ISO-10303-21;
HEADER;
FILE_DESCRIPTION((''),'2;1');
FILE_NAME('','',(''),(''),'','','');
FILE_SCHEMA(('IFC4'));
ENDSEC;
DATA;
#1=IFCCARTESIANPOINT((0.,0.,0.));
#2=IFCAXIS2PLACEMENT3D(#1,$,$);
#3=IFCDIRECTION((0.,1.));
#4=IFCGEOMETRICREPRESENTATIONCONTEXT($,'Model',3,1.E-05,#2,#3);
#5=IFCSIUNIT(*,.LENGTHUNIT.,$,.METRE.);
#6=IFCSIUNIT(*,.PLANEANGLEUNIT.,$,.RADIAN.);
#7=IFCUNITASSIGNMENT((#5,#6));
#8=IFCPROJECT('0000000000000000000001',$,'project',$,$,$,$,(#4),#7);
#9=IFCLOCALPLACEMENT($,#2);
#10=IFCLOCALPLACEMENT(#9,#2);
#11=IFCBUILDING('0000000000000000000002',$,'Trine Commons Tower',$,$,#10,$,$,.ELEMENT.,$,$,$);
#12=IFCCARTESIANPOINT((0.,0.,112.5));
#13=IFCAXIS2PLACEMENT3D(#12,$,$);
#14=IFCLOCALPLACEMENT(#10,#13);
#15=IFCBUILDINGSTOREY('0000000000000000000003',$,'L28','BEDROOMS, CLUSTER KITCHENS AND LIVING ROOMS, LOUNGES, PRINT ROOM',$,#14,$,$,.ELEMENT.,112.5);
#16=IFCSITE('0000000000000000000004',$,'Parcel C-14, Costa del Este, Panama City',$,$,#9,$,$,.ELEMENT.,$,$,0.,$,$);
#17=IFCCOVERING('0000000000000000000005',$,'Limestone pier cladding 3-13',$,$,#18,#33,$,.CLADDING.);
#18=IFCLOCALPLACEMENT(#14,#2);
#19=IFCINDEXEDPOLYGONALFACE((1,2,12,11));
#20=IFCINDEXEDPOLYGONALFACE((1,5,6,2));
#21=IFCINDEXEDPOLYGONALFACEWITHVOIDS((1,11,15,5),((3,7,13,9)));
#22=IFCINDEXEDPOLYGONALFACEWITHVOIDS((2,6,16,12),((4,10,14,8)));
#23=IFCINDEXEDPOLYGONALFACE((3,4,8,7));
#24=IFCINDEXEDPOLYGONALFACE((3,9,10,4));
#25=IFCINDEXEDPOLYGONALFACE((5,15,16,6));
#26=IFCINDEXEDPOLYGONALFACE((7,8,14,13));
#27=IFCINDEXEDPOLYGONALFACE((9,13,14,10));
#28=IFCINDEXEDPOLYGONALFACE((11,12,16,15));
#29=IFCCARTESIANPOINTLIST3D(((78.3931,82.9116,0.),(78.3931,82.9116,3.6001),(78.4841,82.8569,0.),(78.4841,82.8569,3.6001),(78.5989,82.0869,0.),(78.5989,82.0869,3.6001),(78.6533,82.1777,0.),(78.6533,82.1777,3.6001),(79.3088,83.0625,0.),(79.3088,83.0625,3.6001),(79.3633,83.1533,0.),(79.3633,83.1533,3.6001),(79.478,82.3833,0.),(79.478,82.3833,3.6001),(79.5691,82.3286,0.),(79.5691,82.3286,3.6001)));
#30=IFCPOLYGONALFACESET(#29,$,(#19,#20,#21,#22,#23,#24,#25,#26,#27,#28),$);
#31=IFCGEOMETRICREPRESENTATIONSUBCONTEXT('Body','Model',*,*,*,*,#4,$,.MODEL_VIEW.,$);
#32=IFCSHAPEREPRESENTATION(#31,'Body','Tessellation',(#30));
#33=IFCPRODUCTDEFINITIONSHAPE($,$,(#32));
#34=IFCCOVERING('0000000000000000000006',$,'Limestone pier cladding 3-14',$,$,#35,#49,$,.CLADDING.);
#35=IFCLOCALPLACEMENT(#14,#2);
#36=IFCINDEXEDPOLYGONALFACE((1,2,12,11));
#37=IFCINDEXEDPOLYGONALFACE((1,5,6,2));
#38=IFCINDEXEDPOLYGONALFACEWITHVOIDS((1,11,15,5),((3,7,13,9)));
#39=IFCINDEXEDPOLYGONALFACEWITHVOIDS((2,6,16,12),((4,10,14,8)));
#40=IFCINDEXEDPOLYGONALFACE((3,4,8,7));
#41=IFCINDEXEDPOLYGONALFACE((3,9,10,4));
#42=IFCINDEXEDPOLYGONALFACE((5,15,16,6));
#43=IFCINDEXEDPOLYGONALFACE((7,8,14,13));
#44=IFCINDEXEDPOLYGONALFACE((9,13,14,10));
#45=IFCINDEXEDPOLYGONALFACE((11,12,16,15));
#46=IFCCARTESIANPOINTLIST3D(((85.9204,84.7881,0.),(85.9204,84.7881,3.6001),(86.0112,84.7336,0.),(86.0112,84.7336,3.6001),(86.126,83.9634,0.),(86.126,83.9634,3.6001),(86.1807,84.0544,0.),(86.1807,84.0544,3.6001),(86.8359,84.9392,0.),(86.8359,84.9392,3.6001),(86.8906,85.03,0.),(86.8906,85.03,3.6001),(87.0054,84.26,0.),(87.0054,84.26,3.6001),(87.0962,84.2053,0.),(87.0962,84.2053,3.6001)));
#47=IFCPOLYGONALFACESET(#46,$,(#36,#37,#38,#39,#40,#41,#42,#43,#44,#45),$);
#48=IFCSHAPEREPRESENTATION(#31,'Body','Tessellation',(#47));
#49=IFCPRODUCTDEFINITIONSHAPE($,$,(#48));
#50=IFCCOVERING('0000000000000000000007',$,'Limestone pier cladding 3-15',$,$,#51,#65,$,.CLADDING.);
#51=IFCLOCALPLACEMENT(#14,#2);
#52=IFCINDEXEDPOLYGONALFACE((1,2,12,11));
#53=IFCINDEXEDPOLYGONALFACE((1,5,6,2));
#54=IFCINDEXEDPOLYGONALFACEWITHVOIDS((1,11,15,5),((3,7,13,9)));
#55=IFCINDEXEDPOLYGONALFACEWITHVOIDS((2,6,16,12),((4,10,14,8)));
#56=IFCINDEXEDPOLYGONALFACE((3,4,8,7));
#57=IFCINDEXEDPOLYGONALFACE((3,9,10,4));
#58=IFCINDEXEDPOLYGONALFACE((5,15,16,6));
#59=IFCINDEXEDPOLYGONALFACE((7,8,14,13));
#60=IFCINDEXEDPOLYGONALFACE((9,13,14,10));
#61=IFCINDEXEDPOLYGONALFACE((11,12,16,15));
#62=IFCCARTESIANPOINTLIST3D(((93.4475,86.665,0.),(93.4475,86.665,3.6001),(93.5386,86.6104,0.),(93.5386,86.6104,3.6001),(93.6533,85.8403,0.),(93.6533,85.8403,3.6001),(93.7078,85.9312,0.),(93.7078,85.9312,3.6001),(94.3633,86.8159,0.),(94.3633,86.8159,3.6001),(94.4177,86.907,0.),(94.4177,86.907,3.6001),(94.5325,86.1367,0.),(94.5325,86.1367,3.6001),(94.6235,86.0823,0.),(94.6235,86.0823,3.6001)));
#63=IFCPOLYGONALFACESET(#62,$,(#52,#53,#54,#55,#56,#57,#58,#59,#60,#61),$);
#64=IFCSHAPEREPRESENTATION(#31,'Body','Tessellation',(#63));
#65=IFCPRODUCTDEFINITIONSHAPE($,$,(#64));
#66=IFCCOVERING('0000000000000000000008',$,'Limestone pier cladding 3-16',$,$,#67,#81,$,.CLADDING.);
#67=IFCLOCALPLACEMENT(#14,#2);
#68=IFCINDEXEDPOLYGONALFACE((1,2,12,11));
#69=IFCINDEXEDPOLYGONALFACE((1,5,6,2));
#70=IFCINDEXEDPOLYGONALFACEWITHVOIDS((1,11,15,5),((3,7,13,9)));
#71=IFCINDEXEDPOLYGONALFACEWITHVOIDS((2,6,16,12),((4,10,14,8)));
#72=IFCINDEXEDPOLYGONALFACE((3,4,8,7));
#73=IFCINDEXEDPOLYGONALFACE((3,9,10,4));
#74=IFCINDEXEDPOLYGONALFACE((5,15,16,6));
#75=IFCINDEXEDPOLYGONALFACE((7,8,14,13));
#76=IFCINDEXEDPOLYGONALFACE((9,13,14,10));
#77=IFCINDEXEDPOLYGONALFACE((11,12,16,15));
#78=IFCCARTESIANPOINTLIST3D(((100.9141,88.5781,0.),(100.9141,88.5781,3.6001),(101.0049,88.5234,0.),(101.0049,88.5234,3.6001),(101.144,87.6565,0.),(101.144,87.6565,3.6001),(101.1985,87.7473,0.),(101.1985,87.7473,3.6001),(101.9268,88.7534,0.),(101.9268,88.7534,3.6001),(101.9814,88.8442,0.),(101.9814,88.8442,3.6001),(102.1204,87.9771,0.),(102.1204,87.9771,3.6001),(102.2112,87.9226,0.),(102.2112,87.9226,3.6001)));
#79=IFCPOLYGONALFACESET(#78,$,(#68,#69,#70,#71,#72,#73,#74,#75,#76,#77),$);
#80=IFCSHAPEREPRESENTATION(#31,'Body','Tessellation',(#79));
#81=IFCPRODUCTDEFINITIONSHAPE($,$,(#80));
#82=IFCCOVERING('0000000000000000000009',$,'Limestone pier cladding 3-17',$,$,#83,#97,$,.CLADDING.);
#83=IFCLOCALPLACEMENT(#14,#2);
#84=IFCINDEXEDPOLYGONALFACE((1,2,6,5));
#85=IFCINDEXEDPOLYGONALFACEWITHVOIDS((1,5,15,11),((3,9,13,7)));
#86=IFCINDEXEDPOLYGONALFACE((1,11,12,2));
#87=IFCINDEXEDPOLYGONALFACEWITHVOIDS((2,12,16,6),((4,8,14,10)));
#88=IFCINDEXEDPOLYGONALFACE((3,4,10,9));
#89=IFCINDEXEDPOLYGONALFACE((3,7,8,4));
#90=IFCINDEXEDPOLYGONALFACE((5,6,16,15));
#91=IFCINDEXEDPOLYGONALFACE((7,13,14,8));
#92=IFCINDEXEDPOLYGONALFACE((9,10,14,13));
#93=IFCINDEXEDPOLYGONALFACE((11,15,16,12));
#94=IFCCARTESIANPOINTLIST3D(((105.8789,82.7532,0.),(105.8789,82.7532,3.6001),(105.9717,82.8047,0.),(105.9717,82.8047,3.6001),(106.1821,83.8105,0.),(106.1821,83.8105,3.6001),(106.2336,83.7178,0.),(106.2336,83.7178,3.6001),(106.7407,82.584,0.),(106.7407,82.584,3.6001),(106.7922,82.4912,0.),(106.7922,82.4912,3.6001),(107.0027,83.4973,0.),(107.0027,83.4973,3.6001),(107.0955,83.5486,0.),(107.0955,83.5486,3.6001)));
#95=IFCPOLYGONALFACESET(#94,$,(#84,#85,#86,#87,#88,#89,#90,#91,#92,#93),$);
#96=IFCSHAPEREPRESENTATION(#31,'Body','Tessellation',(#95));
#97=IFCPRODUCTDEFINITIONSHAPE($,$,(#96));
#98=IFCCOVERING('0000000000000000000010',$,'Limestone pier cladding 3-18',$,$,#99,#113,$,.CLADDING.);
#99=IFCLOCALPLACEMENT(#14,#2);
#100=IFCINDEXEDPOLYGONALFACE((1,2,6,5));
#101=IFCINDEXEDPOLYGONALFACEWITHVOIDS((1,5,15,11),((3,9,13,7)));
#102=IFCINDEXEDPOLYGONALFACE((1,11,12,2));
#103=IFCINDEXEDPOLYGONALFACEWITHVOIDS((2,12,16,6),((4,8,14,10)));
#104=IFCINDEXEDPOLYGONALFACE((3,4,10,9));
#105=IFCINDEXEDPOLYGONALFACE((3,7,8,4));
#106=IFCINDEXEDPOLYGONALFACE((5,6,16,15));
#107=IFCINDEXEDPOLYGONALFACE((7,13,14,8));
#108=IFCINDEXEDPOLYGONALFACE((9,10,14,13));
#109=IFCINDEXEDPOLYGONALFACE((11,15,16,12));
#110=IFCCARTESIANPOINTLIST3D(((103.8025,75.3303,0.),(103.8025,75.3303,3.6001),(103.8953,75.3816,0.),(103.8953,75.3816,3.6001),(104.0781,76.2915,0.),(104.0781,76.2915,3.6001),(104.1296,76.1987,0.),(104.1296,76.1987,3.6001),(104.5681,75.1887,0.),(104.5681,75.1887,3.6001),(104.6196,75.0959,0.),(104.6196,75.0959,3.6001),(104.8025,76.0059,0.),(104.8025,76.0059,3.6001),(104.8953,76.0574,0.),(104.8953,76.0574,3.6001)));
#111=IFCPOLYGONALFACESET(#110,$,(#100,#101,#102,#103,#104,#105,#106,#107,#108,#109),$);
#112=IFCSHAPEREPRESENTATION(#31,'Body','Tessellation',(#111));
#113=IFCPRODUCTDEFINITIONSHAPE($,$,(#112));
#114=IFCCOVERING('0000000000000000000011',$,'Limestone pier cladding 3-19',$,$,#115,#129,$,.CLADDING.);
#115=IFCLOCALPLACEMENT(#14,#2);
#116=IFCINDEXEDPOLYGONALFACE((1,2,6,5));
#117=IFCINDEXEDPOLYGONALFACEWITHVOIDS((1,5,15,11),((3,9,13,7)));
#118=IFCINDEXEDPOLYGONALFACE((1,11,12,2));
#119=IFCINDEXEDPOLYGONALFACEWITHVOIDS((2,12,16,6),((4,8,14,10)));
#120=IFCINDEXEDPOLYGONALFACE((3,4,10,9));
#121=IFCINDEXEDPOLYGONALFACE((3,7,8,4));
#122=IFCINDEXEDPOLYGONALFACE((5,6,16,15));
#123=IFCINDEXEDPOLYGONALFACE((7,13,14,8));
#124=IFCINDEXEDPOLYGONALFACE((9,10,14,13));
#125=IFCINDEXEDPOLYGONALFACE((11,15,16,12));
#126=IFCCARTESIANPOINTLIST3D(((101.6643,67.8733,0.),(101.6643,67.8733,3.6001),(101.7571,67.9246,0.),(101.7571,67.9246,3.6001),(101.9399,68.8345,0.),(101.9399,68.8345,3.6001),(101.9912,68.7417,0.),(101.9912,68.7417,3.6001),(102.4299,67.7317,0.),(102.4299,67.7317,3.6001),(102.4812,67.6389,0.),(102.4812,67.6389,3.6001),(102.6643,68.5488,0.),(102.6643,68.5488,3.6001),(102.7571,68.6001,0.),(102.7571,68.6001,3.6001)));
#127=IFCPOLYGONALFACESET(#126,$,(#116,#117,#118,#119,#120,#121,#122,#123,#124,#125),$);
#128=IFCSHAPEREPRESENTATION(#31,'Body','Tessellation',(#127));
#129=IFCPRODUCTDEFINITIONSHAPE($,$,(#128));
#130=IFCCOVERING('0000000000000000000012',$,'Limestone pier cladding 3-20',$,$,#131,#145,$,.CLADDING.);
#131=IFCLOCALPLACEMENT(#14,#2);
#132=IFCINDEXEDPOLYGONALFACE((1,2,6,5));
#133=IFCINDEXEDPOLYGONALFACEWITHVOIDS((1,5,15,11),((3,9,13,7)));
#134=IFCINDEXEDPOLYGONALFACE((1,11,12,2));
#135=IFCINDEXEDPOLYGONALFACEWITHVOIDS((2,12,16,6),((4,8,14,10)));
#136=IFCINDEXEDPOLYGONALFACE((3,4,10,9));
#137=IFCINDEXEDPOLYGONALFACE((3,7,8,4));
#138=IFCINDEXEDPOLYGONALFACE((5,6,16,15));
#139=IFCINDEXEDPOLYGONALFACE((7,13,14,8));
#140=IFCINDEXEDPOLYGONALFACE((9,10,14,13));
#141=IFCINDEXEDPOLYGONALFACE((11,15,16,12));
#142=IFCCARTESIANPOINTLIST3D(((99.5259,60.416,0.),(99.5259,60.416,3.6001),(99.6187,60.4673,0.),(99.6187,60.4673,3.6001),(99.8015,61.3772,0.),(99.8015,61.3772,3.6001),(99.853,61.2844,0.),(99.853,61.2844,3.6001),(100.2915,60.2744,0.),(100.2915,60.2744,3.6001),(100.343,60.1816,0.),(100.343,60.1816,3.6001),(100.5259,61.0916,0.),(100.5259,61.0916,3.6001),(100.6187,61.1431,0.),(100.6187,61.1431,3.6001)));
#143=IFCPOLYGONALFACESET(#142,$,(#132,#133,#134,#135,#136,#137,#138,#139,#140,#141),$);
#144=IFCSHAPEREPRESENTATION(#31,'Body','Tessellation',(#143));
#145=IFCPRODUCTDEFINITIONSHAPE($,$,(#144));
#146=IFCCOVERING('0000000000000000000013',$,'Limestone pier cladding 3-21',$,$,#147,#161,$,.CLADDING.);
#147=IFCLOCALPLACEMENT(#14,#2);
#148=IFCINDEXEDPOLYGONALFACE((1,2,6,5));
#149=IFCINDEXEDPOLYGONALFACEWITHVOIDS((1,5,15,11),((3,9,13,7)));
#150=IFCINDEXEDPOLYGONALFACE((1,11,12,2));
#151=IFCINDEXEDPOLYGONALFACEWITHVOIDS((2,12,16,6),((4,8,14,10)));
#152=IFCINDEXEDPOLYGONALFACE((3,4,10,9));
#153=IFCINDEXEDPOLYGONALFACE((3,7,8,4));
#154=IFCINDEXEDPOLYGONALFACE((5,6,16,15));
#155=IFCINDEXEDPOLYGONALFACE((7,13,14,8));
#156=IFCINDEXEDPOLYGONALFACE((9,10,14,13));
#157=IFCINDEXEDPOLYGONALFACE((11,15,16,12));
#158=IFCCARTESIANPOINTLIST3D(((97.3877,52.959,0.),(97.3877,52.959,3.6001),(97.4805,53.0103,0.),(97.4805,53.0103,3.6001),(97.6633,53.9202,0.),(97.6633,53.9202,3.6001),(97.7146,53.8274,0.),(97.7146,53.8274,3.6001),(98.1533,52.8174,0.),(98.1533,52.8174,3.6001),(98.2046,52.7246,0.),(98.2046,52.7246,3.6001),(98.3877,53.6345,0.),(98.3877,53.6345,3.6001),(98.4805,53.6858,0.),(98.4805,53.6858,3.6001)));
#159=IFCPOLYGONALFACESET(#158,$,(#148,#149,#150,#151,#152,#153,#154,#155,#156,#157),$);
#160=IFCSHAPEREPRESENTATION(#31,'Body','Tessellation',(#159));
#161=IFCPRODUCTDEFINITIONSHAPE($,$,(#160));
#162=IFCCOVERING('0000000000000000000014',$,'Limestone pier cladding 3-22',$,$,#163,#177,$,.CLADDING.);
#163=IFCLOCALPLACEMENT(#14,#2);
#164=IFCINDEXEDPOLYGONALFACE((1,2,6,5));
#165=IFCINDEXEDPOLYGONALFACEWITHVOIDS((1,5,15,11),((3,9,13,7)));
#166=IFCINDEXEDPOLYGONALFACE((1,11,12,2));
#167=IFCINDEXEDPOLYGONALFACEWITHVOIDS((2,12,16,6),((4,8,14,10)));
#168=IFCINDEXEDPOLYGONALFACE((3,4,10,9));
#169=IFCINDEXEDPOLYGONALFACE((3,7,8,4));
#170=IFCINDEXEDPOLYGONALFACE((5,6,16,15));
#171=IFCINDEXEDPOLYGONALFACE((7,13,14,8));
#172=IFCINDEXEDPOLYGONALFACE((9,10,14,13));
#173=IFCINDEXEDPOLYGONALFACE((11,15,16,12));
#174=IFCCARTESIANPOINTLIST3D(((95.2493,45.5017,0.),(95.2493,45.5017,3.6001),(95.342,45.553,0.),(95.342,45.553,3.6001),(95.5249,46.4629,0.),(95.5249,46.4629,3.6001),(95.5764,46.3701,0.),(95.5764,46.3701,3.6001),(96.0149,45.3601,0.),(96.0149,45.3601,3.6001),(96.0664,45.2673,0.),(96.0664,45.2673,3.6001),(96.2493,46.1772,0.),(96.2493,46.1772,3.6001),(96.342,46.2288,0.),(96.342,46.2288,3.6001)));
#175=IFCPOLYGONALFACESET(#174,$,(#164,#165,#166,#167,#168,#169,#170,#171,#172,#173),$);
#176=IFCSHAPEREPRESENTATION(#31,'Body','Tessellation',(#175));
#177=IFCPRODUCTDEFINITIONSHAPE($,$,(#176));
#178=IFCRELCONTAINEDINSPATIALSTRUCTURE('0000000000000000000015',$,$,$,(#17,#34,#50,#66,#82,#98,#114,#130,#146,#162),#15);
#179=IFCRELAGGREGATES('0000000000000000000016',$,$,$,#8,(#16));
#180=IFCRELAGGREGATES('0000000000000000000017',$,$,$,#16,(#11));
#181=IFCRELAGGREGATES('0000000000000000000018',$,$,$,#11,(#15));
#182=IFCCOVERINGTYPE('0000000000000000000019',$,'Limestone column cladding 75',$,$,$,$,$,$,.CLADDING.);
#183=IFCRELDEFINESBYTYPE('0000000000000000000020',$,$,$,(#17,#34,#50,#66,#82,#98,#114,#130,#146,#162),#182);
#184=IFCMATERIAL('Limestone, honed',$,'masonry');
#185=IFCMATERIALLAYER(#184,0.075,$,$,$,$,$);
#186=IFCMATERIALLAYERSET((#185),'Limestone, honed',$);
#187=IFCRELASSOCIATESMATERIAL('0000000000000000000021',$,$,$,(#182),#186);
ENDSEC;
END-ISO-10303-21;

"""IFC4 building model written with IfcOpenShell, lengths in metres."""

from ifc_helpers import new_model, si_unit, direction, frame, origin, place, context, subcontext, project, spatial, polyline, outline, extrude, material, layer, layer_set, type_object, element, save


model = new_model("IFC4")

# Units and contexts
model_context = context("Model", 3, precision=1e-05, world=origin(), true_north=direction((0.0, 1.0)))
body_context = subcontext(model_context, "Body", "Model", "MODEL_VIEW")
ifc_project = project(units=[si_unit("LENGTHUNIT", "METRE"), si_unit("PLANEANGLEUNIT", "RADIAN")], contexts=[model_context])

# Site, building, storey
site_placement = place(None, origin())
site = spatial("IfcSite", under=ifc_project, at=site_placement, Name="Parcel C-14, Costa del Este, Panama City", CompositionType="ELEMENT", RefElevation=0.0)
building_placement = place(site_placement, origin())
building = spatial("IfcBuilding", under=site, at=building_placement, Name="Trine Commons Tower", CompositionType="ELEMENT")
storey_placement = place(building_placement, frame((0.0, 0.0, 112.5)))
storey = spatial("IfcBuildingStorey", under=building, at=storey_placement, Name="L28", Description="BEDROOMS, CLUSTER KITCHENS AND LIVING ROOMS, LOUNGES, PRINT ROOM", CompositionType="ELEMENT", Elevation=112.5)

# Coverings
ifc_material_1 = material(Name="Limestone, honed", Category="masonry")
ifc_layer_1 = layer(ifc_material_1, 0.075)
ifc_layer_set_1 = layer_set([ifc_layer_1], Name="Limestone, honed")
covering_type_1 = type_object("IfcCoveringType", Name="Limestone column cladding 75", PredefinedType="CLADDING", material=ifc_layer_set_1)
covering_1_placement = place(storey_placement, origin())
element("IfcCovering", 1, at=covering_1_placement, inside=storey, type_object=covering_type_1, Name="Limestone pier cladding 3-13", PredefinedType="CLADDING", context=body_context, shape_type="SweptSolid", body=[
    extrude(outline(polyline([(79.5691, 82.3286), (79.3633, 83.1533), (78.3931, 82.9116), (78.5989, 82.0869), (79.5691, 82.3286)]), holes=[polyline([(79.478, 82.3833), (79.3088, 83.0625), (78.4841, 82.8569), (78.6533, 82.1777), (79.478, 82.3833)])]), origin(), (0.0, 0.0, 1.0), 3.6001),
])
covering_2_placement = place(storey_placement, origin())
element("IfcCovering", 2, at=covering_2_placement, inside=storey, type_object=covering_type_1, Name="Limestone pier cladding 3-14", PredefinedType="CLADDING", context=body_context, shape_type="SweptSolid", body=[
    extrude(outline(polyline([(87.0962, 84.2053), (86.8906, 85.03), (85.9204, 84.7881), (86.126, 83.9634), (87.0962, 84.2053)]), holes=[polyline([(87.0054, 84.26), (86.8359, 84.9392), (86.0112, 84.7336), (86.1807, 84.0544), (87.0054, 84.26)])]), origin(), (0.0, 0.0, 1.0), 3.6001),
])
covering_3_placement = place(storey_placement, origin())
element("IfcCovering", 3, at=covering_3_placement, inside=storey, type_object=covering_type_1, Name="Limestone pier cladding 3-15", PredefinedType="CLADDING", context=body_context, shape_type="SweptSolid", body=[
    extrude(outline(polyline([(94.6235, 86.0823), (94.4177, 86.907), (93.4475, 86.665), (93.6533, 85.8403), (94.6235, 86.0823)]), holes=[polyline([(94.5325, 86.1367), (94.3633, 86.8159), (93.5386, 86.6104), (93.7078, 85.9312), (94.5325, 86.1367)])]), origin(), (0.0, 0.0, 1.0), 3.6001),
])
covering_4_placement = place(storey_placement, origin())
element("IfcCovering", 4, at=covering_4_placement, inside=storey, type_object=covering_type_1, Name="Limestone pier cladding 3-16", PredefinedType="CLADDING", context=body_context, shape_type="SweptSolid", body=[
    extrude(outline(polyline([(102.2112, 87.9226), (101.9814, 88.8442), (100.9141, 88.5781), (101.144, 87.6565), (102.2112, 87.9226)]), holes=[polyline([(102.1204, 87.9771), (101.9268, 88.7534), (101.0049, 88.5234), (101.1985, 87.7473), (102.1204, 87.9771)])]), origin(), (0.0, 0.0, 1.0), 3.6001),
])
covering_5_placement = place(storey_placement, origin())
element("IfcCovering", 5, at=covering_5_placement, inside=storey, type_object=covering_type_1, Name="Limestone pier cladding 3-17", PredefinedType="CLADDING", context=body_context, shape_type="SweptSolid", body=[
    extrude(outline(polyline([(107.0955, 83.5486), (106.1821, 83.8105), (105.8789, 82.7532), (106.7922, 82.4912), (107.0955, 83.5486)]), holes=[polyline([(107.0027, 83.4973), (106.2336, 83.7178), (105.9717, 82.8047), (106.7407, 82.584), (107.0027, 83.4973)])]), origin(), (0.0, 0.0, 1.0), 3.6001),
])
covering_6_placement = place(storey_placement, origin())
element("IfcCovering", 6, at=covering_6_placement, inside=storey, type_object=covering_type_1, Name="Limestone pier cladding 3-18", PredefinedType="CLADDING", context=body_context, shape_type="SweptSolid", body=[
    extrude(outline(polyline([(104.8953, 76.0574), (104.0781, 76.2915), (103.8025, 75.3303), (104.6196, 75.0959), (104.8953, 76.0574)]), holes=[polyline([(104.8025, 76.0059), (104.1296, 76.1987), (103.8953, 75.3816), (104.5681, 75.1887), (104.8025, 76.0059)])]), origin(), (0.0, 0.0, 1.0), 3.6001),
])
covering_7_placement = place(storey_placement, origin())
element("IfcCovering", 7, at=covering_7_placement, inside=storey, type_object=covering_type_1, Name="Limestone pier cladding 3-19", PredefinedType="CLADDING", context=body_context, shape_type="SweptSolid", body=[
    extrude(outline(polyline([(102.7571, 68.6001), (101.9399, 68.8345), (101.6643, 67.8733), (102.4812, 67.6389), (102.7571, 68.6001)]), holes=[polyline([(102.6643, 68.5488), (101.9912, 68.7417), (101.7571, 67.9246), (102.4299, 67.7317), (102.6643, 68.5488)])]), origin(), (0.0, 0.0, 1.0), 3.6001),
])
covering_8_placement = place(storey_placement, origin())
element("IfcCovering", 8, at=covering_8_placement, inside=storey, type_object=covering_type_1, Name="Limestone pier cladding 3-20", PredefinedType="CLADDING", context=body_context, shape_type="SweptSolid", body=[
    extrude(outline(polyline([(100.6187, 61.1431), (99.8015, 61.3772), (99.5259, 60.416), (100.343, 60.1816), (100.6187, 61.1431)]), holes=[polyline([(100.5259, 61.0916), (99.853, 61.2844), (99.6187, 60.4673), (100.2915, 60.2744), (100.5259, 61.0916)])]), origin(), (0.0, 0.0, 1.0), 3.6001),
])
covering_9_placement = place(storey_placement, origin())
element("IfcCovering", 9, at=covering_9_placement, inside=storey, type_object=covering_type_1, Name="Limestone pier cladding 3-21", PredefinedType="CLADDING", context=body_context, shape_type="SweptSolid", body=[
    extrude(outline(polyline([(98.4805, 53.6858), (97.6633, 53.9202), (97.3877, 52.959), (98.2046, 52.7246), (98.4805, 53.6858)]), holes=[polyline([(98.3877, 53.6345), (97.7146, 53.8274), (97.4805, 53.0103), (98.1533, 52.8174), (98.3877, 53.6345)])]), origin(), (0.0, 0.0, 1.0), 3.6001),
])
covering_10_placement = place(storey_placement, origin())
element("IfcCovering", 10, at=covering_10_placement, inside=storey, type_object=covering_type_1, Name="Limestone pier cladding 3-22", PredefinedType="CLADDING", context=body_context, shape_type="SweptSolid", body=[
    extrude(outline(polyline([(96.342, 46.2288), (95.5249, 46.4629), (95.2493, 45.5017), (96.0664, 45.2673), (96.342, 46.2288)]), holes=[polyline([(96.2493, 46.1772), (95.5764, 46.3701), (95.342, 45.553), (96.0149, 45.3601), (96.2493, 46.1772)])]), origin(), (0.0, 0.0, 1.0), 3.6001),
])

save(model, "model.ifc")
